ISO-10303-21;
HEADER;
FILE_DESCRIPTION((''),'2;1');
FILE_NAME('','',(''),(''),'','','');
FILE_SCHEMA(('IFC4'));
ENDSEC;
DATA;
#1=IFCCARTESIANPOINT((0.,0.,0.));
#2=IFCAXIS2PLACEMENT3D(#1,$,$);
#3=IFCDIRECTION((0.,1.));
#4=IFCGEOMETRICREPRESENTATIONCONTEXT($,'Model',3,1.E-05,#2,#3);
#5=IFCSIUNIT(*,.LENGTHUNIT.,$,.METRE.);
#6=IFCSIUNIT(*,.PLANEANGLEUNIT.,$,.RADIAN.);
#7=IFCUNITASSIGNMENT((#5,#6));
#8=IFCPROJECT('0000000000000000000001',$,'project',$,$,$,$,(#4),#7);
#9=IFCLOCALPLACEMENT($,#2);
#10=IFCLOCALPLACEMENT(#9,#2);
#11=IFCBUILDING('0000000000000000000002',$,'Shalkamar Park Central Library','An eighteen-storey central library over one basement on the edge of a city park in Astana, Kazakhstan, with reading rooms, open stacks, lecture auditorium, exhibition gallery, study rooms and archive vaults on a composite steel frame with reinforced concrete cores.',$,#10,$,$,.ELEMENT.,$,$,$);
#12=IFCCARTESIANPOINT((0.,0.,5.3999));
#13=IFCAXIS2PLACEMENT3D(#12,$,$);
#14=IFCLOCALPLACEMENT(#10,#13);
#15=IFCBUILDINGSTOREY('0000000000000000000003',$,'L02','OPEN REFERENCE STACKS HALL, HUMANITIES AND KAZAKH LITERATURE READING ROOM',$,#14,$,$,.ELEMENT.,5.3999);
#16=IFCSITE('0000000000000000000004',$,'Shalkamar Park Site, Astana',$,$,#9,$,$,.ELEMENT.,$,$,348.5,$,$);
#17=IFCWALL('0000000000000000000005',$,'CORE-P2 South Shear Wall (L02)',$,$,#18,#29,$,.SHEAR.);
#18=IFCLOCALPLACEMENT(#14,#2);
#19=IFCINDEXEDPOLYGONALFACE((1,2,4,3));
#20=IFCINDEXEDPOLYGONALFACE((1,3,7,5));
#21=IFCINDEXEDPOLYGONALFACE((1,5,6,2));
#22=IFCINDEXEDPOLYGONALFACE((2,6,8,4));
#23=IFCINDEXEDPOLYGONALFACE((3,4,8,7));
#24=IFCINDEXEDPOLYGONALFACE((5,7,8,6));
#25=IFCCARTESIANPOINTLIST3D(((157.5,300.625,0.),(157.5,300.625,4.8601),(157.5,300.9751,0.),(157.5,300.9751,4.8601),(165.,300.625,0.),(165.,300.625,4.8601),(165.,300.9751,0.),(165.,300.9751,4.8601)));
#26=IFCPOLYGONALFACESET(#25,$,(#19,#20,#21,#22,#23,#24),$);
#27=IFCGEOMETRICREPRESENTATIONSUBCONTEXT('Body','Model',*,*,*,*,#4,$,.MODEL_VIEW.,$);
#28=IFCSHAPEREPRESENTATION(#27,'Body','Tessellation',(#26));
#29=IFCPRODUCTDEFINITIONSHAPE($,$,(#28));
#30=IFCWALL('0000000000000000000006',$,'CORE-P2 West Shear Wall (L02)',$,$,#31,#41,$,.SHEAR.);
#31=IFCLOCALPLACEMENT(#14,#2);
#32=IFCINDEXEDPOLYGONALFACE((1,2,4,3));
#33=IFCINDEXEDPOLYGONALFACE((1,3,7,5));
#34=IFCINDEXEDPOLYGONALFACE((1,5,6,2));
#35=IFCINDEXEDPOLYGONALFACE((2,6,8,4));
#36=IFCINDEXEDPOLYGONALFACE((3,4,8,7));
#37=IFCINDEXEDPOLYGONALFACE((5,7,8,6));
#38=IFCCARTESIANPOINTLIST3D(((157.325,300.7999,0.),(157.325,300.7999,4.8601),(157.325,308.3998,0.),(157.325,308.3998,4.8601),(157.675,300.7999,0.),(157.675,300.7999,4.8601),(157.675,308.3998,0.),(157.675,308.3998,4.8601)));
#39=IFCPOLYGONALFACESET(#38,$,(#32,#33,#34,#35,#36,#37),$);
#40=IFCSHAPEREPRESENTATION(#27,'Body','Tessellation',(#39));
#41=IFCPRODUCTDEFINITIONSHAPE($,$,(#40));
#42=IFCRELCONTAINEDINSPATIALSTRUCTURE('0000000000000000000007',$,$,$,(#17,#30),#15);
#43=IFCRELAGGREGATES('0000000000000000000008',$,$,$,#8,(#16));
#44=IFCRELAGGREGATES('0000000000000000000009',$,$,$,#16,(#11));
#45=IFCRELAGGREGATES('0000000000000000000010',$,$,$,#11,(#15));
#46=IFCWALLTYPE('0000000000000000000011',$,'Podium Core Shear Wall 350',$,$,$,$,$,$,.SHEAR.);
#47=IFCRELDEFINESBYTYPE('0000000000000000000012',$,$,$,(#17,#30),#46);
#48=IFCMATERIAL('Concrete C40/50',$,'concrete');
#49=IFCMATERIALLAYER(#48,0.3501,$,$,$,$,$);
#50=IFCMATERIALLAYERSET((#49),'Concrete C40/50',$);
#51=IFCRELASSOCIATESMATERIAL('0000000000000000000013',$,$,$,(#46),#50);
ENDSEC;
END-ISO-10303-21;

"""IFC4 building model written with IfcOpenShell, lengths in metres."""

from ifc_helpers import new_model, si_unit, direction, frame, frame_2d, origin, place, context, subcontext, project, spatial, rectangle, extrude, material, layer, layer_set, type_object, element, save


model = new_model("IFC4")

# Units and contexts
model_context = context("Model", 3, precision=1e-05, world=origin(), true_north=direction((0.0, 1.0)))
body_context = subcontext(model_context, "Body", "Model", "MODEL_VIEW")
ifc_project = project(units=[si_unit("LENGTHUNIT", "METRE"), si_unit("PLANEANGLEUNIT", "RADIAN")], contexts=[model_context])

# Site, building, storey
site_placement = place(None, origin())
site = spatial("IfcSite", under=ifc_project, at=site_placement, Name="Shalkamar Park Site, Astana", CompositionType="ELEMENT", RefElevation=348.5)
building_placement = place(site_placement, origin())
building = spatial("IfcBuilding", under=site, at=building_placement, Name="Shalkamar Park Central Library", Description="An eighteen-storey central library over one basement on the edge of a city park in Astana, Kazakhstan, with reading rooms, open stacks, lecture auditorium, exhibition gallery, study rooms and archive vaults on a composite steel frame with reinforced concrete cores.", CompositionType="ELEMENT")
storey_placement = place(building_placement, frame((0.0, 0.0, 5.3999)))
storey = spatial("IfcBuildingStorey", under=building, at=storey_placement, Name="L02", Description="OPEN REFERENCE STACKS HALL, HUMANITIES AND KAZAKH LITERATURE READING ROOM", CompositionType="ELEMENT", Elevation=5.3999)

# Walls
ifc_material_1 = material(Name="Concrete C40/50", Category="concrete")
ifc_layer_1 = layer(ifc_material_1, 0.3501)
ifc_layer_set_1 = layer_set([ifc_layer_1], Name="Concrete C40/50")
wall_type_1 = type_object("IfcWallType", Name="Podium Core Shear Wall 350", PredefinedType="SHEAR", material=ifc_layer_set_1)
wall_1_placement = place(storey_placement, frame((157.5, 300.8, 0.0), z_axis=(0.0, 0.0, 1.0), x_axis=(1.0, 0.0, 0.0)))
element("IfcWall", 1, at=wall_1_placement, inside=storey, type_object=wall_type_1, Name="CORE-P2 South Shear Wall (L02)", PredefinedType="SHEAR", context=body_context, shape_type="SweptSolid", body=[
    extrude(rectangle(XDim=7.5, YDim=0.3501, at=frame_2d((3.75, 0.0))), origin(), (0.0, 0.0, 1.0), 4.8601),
])
wall_2_placement = place(storey_placement, frame((157.5, 300.8, 0.0), z_axis=(0.0, 0.0, 1.0), x_axis=(0.0, 1.0, 0.0)))
element("IfcWall", 2, at=wall_2_placement, inside=storey, type_object=wall_type_1, Name="CORE-P2 West Shear Wall (L02)", PredefinedType="SHEAR", context=body_context, shape_type="SweptSolid", body=[
    extrude(rectangle(XDim=7.5999, YDim=0.3501, at=frame_2d((3.7998, 0.0))), origin(), (0.0, 0.0, 1.0), 4.8601),
])

save(model, "model.ifc")
